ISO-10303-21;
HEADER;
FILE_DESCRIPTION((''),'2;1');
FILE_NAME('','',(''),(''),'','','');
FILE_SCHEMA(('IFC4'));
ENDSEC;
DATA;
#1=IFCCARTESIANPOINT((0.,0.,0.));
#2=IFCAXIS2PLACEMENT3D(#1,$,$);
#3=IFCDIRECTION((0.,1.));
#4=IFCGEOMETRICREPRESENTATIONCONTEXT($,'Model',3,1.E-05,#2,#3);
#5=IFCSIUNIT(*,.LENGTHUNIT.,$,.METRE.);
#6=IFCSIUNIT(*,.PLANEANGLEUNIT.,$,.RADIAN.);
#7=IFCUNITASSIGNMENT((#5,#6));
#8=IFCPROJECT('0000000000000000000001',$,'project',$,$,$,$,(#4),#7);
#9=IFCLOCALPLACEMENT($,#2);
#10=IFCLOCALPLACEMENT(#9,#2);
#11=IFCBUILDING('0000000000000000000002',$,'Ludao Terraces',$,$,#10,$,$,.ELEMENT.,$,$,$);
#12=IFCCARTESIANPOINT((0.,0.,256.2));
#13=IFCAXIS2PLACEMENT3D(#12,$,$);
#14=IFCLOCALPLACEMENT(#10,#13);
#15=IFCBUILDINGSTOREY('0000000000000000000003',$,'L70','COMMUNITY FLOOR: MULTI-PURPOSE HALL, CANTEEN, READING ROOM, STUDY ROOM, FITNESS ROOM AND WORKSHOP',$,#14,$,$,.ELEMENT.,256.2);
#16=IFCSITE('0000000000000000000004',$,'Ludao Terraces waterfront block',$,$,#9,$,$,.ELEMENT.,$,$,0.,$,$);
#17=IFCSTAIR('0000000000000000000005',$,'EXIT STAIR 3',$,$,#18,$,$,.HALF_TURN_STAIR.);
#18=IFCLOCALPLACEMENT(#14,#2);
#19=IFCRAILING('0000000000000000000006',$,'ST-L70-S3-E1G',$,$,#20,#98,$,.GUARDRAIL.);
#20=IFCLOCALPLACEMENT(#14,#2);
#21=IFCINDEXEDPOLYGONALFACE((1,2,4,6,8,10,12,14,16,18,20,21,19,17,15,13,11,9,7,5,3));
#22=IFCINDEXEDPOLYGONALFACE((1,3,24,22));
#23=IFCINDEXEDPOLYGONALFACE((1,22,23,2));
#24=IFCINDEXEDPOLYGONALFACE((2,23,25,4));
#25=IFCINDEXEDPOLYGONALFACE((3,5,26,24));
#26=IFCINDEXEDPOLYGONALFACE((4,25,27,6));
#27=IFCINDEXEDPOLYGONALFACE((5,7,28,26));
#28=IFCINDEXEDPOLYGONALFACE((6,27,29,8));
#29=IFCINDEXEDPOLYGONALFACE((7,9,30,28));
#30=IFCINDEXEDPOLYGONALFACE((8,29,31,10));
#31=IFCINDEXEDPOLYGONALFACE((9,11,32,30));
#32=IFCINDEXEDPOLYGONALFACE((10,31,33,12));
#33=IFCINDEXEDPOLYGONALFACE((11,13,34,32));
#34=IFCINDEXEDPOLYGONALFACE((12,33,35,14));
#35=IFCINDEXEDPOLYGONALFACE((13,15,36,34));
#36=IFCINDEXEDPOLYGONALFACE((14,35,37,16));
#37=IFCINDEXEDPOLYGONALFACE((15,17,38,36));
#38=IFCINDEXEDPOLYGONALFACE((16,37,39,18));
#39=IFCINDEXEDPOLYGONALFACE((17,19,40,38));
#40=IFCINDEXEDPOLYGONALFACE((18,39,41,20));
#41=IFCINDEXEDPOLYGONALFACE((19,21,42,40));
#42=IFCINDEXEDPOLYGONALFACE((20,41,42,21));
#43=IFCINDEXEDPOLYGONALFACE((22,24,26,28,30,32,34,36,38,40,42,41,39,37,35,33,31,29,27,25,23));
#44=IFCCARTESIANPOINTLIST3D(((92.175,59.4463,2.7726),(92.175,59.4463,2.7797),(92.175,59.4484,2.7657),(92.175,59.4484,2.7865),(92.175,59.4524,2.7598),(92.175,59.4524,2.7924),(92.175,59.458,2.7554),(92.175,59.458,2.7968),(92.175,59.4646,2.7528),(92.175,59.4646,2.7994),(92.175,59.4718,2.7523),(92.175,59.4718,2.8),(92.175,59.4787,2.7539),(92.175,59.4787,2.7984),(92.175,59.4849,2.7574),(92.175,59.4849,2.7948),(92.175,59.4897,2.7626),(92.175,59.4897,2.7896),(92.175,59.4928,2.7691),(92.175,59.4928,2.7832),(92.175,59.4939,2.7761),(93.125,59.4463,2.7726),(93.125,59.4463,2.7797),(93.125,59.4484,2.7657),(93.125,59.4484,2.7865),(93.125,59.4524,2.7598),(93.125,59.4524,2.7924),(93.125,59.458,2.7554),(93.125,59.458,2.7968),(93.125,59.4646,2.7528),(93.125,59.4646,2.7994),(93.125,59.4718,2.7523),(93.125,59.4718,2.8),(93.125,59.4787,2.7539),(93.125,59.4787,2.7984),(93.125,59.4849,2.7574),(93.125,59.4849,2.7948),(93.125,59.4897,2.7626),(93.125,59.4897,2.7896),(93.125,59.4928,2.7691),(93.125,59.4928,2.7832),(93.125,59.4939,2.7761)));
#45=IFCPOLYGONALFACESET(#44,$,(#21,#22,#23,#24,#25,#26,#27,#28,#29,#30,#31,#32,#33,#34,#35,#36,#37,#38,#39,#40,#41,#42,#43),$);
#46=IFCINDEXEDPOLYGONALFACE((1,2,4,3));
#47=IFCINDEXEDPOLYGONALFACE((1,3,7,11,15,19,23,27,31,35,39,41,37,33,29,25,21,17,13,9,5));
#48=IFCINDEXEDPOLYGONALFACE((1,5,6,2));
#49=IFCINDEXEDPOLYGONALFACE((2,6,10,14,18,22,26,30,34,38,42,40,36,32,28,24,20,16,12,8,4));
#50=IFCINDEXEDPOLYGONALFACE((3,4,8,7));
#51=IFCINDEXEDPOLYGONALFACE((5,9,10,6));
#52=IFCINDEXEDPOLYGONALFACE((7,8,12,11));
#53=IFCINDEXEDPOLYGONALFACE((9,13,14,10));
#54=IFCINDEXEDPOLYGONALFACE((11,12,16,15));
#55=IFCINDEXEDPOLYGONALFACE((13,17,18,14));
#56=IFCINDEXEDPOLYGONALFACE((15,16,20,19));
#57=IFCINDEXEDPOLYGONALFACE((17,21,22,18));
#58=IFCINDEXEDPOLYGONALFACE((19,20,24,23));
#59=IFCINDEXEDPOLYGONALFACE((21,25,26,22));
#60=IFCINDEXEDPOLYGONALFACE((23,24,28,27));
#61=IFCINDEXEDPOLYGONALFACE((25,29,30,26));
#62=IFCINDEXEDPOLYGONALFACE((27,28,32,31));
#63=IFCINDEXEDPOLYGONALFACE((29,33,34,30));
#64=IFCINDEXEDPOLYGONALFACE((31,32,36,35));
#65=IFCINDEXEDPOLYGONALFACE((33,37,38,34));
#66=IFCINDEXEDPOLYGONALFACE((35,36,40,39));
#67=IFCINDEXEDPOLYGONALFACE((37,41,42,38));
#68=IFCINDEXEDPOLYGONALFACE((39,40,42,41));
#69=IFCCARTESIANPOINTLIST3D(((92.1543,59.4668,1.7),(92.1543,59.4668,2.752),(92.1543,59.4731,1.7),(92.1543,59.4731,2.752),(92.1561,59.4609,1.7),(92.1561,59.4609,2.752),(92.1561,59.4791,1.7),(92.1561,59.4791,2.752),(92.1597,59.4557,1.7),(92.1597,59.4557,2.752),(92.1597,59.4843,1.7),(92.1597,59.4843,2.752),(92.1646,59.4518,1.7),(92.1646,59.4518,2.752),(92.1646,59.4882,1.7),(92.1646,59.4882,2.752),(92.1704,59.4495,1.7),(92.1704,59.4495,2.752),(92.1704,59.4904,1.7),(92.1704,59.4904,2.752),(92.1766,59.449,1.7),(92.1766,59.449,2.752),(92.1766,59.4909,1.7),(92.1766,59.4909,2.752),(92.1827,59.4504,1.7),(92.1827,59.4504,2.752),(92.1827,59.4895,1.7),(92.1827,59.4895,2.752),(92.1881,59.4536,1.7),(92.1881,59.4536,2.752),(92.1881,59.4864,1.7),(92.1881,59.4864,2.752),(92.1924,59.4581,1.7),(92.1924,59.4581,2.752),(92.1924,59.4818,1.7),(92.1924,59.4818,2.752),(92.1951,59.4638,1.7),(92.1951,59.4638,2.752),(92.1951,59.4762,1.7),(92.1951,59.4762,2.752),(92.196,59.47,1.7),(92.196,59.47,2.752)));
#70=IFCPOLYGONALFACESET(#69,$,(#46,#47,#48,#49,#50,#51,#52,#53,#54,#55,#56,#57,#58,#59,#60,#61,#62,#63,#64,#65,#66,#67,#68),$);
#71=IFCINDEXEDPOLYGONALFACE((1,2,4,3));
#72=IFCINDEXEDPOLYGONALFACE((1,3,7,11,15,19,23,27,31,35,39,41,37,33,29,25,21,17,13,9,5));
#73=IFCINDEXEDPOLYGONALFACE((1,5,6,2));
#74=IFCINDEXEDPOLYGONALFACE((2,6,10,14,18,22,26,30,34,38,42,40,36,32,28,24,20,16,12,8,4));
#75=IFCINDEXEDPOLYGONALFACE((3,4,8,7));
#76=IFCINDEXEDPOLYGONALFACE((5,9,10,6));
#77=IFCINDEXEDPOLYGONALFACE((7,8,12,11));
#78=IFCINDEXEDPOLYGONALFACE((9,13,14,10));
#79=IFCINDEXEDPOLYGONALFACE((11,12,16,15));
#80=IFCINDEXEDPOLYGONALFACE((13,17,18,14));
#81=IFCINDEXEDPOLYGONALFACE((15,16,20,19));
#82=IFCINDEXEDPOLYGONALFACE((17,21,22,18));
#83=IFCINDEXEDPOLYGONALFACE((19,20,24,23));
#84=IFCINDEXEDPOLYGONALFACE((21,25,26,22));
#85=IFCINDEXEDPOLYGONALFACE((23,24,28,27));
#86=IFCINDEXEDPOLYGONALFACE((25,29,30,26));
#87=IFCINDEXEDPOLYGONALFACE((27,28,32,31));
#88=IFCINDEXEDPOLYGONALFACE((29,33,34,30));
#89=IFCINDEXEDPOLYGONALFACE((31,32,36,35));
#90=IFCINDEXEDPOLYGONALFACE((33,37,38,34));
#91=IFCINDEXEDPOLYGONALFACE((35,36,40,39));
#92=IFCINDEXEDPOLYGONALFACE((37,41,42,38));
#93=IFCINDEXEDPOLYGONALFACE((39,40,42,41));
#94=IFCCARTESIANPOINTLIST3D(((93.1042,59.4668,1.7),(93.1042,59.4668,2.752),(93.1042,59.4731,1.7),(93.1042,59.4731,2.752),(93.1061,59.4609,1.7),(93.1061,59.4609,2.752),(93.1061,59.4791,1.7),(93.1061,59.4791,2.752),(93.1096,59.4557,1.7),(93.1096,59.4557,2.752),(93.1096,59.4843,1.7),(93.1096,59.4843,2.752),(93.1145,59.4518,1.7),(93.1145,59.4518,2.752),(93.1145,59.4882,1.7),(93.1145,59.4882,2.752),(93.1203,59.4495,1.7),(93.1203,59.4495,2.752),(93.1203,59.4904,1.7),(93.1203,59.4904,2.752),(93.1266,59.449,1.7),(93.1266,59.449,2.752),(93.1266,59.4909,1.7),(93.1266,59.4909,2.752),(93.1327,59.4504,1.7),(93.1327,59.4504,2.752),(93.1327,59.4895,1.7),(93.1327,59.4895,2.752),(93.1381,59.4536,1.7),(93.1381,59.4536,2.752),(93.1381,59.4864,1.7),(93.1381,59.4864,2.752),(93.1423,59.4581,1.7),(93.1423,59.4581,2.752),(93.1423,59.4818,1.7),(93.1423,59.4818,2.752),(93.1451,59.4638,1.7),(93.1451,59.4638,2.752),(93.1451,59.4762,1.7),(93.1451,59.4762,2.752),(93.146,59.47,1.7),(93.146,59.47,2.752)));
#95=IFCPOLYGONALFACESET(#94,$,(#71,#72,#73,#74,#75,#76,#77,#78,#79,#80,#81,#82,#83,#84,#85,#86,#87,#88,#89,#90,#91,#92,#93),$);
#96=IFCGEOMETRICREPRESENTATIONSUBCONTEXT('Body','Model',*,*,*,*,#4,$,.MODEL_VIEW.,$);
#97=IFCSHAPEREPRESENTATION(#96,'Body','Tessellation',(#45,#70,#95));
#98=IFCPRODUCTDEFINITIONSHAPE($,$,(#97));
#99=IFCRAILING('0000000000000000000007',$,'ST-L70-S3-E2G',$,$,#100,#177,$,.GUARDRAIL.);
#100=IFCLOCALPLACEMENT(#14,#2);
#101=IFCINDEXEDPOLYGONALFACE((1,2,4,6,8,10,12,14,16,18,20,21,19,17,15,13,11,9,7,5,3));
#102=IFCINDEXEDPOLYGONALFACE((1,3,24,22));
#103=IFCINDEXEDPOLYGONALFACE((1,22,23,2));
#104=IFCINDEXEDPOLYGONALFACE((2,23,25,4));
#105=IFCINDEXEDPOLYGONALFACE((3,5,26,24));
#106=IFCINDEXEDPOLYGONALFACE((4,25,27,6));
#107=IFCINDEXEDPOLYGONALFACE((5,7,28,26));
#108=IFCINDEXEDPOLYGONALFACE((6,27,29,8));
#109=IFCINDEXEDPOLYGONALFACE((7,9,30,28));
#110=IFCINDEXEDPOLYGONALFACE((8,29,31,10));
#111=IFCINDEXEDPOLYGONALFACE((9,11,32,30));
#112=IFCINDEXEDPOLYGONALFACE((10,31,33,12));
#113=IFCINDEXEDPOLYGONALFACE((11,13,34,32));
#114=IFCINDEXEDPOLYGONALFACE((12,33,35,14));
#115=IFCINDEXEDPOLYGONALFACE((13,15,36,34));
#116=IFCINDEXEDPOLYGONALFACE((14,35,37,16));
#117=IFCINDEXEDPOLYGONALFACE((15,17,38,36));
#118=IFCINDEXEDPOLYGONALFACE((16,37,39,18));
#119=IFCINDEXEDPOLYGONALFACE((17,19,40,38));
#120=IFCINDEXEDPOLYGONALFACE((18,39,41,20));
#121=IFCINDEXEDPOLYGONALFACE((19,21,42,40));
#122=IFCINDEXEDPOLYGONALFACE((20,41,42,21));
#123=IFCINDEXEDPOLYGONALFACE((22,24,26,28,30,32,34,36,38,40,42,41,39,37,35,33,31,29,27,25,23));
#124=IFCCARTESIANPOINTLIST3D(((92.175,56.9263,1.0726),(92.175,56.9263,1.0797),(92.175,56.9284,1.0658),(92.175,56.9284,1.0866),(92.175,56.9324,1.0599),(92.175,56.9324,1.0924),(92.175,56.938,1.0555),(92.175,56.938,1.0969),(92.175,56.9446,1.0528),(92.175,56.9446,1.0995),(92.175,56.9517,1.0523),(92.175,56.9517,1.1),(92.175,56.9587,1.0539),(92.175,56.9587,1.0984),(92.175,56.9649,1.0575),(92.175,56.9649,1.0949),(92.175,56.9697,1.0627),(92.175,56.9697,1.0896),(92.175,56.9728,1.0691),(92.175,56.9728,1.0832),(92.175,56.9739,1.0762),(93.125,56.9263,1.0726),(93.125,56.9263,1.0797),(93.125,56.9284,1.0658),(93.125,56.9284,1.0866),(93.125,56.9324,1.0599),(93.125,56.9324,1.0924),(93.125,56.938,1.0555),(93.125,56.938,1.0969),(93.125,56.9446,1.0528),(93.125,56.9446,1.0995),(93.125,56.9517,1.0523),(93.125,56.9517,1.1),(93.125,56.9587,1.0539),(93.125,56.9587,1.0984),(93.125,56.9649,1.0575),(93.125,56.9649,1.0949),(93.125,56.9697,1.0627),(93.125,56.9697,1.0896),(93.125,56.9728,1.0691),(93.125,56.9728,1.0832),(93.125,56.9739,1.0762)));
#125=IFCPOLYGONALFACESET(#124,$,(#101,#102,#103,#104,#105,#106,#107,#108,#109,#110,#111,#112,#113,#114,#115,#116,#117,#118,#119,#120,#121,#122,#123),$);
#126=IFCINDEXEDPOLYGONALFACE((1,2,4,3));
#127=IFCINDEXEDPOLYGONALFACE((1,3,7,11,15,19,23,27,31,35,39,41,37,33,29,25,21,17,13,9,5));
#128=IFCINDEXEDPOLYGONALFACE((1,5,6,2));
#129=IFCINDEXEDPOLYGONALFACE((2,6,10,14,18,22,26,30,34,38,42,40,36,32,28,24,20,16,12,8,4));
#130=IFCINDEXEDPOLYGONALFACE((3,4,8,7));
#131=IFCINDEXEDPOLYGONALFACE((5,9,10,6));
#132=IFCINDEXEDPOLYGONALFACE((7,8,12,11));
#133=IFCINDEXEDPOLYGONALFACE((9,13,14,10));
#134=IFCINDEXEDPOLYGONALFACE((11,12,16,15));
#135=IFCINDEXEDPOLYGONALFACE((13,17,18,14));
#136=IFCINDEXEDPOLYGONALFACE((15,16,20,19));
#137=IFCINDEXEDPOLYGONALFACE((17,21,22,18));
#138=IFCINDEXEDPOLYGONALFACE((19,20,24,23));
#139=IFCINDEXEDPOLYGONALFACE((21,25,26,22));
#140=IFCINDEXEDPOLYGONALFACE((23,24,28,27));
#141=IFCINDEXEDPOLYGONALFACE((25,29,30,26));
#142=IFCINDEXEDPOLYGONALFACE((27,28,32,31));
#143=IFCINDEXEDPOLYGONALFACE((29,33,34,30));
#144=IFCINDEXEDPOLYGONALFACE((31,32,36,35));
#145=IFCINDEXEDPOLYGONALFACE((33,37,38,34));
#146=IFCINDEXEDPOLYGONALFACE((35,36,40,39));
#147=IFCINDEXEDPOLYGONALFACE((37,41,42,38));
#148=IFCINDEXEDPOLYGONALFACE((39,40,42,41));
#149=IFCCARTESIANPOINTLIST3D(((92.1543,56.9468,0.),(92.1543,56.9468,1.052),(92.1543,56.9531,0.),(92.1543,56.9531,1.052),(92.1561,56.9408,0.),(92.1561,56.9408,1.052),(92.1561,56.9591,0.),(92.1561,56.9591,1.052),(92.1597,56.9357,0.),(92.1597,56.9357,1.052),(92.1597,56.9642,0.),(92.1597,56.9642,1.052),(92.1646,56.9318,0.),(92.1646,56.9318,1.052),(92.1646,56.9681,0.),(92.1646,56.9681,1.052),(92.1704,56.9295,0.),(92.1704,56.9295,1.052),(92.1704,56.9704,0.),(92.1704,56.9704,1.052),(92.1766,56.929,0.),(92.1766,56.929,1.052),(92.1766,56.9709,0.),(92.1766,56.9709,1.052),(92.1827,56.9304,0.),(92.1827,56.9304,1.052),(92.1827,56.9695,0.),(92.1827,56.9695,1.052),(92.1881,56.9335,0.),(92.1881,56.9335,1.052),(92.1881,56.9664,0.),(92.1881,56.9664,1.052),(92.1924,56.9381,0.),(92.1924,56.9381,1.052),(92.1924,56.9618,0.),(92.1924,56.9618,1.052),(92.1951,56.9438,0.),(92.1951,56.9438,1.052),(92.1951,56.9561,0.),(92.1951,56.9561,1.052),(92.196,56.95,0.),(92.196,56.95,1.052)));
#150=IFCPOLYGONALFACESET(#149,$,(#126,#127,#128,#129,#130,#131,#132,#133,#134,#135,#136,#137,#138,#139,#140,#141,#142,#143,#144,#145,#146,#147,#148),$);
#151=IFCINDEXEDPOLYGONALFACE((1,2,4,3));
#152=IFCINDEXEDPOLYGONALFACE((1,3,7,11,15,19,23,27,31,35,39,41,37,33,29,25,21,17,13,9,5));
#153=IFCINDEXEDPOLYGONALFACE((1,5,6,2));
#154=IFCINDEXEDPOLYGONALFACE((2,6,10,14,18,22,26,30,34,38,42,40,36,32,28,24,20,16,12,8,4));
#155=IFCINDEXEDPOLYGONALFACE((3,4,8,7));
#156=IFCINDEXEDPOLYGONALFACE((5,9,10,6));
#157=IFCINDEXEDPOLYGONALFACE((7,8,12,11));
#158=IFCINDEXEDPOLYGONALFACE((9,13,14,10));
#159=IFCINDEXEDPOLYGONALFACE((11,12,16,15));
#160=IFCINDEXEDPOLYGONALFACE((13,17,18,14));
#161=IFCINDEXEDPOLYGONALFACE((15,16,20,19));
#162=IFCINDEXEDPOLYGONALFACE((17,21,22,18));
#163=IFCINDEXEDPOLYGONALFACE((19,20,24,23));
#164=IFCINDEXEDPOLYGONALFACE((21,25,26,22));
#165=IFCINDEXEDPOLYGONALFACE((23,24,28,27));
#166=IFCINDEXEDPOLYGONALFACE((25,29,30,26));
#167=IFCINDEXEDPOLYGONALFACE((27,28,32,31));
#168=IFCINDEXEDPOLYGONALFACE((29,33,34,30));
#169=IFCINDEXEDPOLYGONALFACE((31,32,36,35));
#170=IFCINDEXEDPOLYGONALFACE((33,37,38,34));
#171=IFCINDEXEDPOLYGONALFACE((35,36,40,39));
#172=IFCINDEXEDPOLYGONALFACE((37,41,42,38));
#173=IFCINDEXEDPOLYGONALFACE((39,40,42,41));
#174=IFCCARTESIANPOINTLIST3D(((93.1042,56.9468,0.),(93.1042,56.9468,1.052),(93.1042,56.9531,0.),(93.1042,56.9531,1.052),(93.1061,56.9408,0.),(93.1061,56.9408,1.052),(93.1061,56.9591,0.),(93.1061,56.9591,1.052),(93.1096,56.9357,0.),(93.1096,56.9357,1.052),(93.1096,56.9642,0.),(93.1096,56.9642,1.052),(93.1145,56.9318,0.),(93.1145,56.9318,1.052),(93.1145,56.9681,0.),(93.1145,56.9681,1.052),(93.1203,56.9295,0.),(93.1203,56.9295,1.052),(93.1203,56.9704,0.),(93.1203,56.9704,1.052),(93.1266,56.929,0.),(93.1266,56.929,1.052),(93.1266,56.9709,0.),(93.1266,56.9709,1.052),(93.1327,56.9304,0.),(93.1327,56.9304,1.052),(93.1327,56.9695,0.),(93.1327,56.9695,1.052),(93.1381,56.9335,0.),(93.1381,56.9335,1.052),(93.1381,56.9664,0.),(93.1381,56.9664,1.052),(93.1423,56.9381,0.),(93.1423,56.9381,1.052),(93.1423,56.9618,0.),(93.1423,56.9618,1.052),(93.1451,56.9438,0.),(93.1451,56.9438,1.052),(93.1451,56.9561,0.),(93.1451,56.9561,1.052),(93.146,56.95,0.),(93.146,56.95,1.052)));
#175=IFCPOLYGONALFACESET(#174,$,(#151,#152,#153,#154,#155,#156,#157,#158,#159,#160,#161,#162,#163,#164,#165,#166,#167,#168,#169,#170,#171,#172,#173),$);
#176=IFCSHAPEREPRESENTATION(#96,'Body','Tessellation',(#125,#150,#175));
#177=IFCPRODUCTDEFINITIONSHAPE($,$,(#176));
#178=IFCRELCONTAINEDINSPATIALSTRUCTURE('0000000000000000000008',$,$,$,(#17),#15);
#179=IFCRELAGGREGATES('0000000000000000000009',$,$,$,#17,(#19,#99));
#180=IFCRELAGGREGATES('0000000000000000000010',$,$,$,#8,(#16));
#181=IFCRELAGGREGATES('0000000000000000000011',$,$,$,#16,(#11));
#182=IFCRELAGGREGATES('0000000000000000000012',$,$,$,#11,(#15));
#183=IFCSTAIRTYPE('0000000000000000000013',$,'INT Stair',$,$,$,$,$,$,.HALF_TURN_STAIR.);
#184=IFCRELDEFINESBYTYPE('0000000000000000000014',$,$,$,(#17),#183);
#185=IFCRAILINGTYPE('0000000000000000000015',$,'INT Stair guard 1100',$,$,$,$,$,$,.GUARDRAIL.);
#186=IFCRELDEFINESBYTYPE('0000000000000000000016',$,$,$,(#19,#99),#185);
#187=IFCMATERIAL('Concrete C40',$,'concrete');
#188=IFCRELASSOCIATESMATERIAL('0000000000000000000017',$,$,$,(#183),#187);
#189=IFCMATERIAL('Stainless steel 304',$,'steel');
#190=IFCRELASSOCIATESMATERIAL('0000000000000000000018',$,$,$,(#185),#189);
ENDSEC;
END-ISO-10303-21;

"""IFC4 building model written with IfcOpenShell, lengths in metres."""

from ifc_helpers import new_model, si_unit, direction, frame, origin, origin_2d, place, context, subcontext, project, spatial, circle, extrude, material, type_object, element, aggregate, save


model = new_model("IFC4")

# Units and contexts
model_context = context("Model", 3, precision=1e-05, world=origin(), true_north=direction((0.0, 1.0)))
body_context = subcontext(model_context, "Body", "Model", "MODEL_VIEW")
ifc_project = project(units=[si_unit("LENGTHUNIT", "METRE"), si_unit("PLANEANGLEUNIT", "RADIAN")], contexts=[model_context])

# Site, building, storey
site_placement = place(None, origin())
site = spatial("IfcSite", under=ifc_project, at=site_placement, Name="Ludao Terraces waterfront block", CompositionType="ELEMENT", RefElevation=0.0)
building_placement = place(site_placement, origin())
building = spatial("IfcBuilding", under=site, at=building_placement, Name="Ludao Terraces", CompositionType="ELEMENT")
storey_placement = place(building_placement, frame((0.0, 0.0, 256.2)))
storey = spatial("IfcBuildingStorey", under=building, at=storey_placement, Name="L70", Description="COMMUNITY FLOOR: MULTI-PURPOSE HALL, CANTEEN, READING ROOM, STUDY ROOM, FITNESS ROOM AND WORKSHOP", CompositionType="ELEMENT", Elevation=256.2)

# Shared definitions
ifc_material_1 = material(Name="Concrete C40", Category="concrete")

# Stair, railings
stair_type = type_object("IfcStairType", Name="INT Stair", PredefinedType="HALF_TURN_STAIR", material=ifc_material_1)
stair_placement = place(storey_placement, origin())
stair = element("IfcStair", 1, at=stair_placement, inside=storey, type_object=stair_type, Name="EXIT STAIR 3", PredefinedType="HALF_TURN_STAIR")
ifc_material_2 = material(Name="Stainless steel 304", Category="steel")
railing_type_1 = type_object("IfcRailingType", Name="INT Stair guard 1100", PredefinedType="GUARDRAIL", material=ifc_material_2)
railing_1_placement = place(storey_placement, frame((92.175, 59.47, 1.7)))
railing_1 = element("IfcRailing", 2, at=railing_1_placement, type_object=railing_type_1, Name="ST-L70-S3-E1G", PredefinedType="GUARDRAIL", context=body_context, shape_type="SweptSolid", body=[
    extrude(circle(Radius=0.0239, at=origin_2d()), frame((0.0, 0.0, 1.0762), z_axis=(1.0, 0.0, 0.0), x_axis=(0.0, 1.0, 0.0)), (0.0, 0.0, 1.0), 0.95),
    extrude(circle(Radius=0.021, at=origin_2d()), origin(), (0.0, 0.0, 1.0), 1.052),
    extrude(circle(Radius=0.021, at=origin_2d()), frame((0.95, 0.0, 0.0)), (0.0, 0.0, 1.0), 1.052),
])
railing_2_placement = place(storey_placement, frame((92.175, 56.95, 0.0)))
railing_2 = element("IfcRailing", 3, at=railing_2_placement, type_object=railing_type_1, Name="ST-L70-S3-E2G", PredefinedType="GUARDRAIL", context=body_context, shape_type="SweptSolid", body=[
    extrude(circle(Radius=0.0239, at=origin_2d()), frame((0.0, 0.0, 1.0762), z_axis=(1.0, 0.0, 0.0), x_axis=(0.0, 1.0, 0.0)), (0.0, 0.0, 1.0), 0.95),
    extrude(circle(Radius=0.021, at=origin_2d()), origin(), (0.0, 0.0, 1.0), 1.052),
    extrude(circle(Radius=0.021, at=origin_2d()), frame((0.95, 0.0, 0.0)), (0.0, 0.0, 1.0), 1.052),
])
aggregate(stair, [railing_1, railing_2])

save(model, "model.ifc")
